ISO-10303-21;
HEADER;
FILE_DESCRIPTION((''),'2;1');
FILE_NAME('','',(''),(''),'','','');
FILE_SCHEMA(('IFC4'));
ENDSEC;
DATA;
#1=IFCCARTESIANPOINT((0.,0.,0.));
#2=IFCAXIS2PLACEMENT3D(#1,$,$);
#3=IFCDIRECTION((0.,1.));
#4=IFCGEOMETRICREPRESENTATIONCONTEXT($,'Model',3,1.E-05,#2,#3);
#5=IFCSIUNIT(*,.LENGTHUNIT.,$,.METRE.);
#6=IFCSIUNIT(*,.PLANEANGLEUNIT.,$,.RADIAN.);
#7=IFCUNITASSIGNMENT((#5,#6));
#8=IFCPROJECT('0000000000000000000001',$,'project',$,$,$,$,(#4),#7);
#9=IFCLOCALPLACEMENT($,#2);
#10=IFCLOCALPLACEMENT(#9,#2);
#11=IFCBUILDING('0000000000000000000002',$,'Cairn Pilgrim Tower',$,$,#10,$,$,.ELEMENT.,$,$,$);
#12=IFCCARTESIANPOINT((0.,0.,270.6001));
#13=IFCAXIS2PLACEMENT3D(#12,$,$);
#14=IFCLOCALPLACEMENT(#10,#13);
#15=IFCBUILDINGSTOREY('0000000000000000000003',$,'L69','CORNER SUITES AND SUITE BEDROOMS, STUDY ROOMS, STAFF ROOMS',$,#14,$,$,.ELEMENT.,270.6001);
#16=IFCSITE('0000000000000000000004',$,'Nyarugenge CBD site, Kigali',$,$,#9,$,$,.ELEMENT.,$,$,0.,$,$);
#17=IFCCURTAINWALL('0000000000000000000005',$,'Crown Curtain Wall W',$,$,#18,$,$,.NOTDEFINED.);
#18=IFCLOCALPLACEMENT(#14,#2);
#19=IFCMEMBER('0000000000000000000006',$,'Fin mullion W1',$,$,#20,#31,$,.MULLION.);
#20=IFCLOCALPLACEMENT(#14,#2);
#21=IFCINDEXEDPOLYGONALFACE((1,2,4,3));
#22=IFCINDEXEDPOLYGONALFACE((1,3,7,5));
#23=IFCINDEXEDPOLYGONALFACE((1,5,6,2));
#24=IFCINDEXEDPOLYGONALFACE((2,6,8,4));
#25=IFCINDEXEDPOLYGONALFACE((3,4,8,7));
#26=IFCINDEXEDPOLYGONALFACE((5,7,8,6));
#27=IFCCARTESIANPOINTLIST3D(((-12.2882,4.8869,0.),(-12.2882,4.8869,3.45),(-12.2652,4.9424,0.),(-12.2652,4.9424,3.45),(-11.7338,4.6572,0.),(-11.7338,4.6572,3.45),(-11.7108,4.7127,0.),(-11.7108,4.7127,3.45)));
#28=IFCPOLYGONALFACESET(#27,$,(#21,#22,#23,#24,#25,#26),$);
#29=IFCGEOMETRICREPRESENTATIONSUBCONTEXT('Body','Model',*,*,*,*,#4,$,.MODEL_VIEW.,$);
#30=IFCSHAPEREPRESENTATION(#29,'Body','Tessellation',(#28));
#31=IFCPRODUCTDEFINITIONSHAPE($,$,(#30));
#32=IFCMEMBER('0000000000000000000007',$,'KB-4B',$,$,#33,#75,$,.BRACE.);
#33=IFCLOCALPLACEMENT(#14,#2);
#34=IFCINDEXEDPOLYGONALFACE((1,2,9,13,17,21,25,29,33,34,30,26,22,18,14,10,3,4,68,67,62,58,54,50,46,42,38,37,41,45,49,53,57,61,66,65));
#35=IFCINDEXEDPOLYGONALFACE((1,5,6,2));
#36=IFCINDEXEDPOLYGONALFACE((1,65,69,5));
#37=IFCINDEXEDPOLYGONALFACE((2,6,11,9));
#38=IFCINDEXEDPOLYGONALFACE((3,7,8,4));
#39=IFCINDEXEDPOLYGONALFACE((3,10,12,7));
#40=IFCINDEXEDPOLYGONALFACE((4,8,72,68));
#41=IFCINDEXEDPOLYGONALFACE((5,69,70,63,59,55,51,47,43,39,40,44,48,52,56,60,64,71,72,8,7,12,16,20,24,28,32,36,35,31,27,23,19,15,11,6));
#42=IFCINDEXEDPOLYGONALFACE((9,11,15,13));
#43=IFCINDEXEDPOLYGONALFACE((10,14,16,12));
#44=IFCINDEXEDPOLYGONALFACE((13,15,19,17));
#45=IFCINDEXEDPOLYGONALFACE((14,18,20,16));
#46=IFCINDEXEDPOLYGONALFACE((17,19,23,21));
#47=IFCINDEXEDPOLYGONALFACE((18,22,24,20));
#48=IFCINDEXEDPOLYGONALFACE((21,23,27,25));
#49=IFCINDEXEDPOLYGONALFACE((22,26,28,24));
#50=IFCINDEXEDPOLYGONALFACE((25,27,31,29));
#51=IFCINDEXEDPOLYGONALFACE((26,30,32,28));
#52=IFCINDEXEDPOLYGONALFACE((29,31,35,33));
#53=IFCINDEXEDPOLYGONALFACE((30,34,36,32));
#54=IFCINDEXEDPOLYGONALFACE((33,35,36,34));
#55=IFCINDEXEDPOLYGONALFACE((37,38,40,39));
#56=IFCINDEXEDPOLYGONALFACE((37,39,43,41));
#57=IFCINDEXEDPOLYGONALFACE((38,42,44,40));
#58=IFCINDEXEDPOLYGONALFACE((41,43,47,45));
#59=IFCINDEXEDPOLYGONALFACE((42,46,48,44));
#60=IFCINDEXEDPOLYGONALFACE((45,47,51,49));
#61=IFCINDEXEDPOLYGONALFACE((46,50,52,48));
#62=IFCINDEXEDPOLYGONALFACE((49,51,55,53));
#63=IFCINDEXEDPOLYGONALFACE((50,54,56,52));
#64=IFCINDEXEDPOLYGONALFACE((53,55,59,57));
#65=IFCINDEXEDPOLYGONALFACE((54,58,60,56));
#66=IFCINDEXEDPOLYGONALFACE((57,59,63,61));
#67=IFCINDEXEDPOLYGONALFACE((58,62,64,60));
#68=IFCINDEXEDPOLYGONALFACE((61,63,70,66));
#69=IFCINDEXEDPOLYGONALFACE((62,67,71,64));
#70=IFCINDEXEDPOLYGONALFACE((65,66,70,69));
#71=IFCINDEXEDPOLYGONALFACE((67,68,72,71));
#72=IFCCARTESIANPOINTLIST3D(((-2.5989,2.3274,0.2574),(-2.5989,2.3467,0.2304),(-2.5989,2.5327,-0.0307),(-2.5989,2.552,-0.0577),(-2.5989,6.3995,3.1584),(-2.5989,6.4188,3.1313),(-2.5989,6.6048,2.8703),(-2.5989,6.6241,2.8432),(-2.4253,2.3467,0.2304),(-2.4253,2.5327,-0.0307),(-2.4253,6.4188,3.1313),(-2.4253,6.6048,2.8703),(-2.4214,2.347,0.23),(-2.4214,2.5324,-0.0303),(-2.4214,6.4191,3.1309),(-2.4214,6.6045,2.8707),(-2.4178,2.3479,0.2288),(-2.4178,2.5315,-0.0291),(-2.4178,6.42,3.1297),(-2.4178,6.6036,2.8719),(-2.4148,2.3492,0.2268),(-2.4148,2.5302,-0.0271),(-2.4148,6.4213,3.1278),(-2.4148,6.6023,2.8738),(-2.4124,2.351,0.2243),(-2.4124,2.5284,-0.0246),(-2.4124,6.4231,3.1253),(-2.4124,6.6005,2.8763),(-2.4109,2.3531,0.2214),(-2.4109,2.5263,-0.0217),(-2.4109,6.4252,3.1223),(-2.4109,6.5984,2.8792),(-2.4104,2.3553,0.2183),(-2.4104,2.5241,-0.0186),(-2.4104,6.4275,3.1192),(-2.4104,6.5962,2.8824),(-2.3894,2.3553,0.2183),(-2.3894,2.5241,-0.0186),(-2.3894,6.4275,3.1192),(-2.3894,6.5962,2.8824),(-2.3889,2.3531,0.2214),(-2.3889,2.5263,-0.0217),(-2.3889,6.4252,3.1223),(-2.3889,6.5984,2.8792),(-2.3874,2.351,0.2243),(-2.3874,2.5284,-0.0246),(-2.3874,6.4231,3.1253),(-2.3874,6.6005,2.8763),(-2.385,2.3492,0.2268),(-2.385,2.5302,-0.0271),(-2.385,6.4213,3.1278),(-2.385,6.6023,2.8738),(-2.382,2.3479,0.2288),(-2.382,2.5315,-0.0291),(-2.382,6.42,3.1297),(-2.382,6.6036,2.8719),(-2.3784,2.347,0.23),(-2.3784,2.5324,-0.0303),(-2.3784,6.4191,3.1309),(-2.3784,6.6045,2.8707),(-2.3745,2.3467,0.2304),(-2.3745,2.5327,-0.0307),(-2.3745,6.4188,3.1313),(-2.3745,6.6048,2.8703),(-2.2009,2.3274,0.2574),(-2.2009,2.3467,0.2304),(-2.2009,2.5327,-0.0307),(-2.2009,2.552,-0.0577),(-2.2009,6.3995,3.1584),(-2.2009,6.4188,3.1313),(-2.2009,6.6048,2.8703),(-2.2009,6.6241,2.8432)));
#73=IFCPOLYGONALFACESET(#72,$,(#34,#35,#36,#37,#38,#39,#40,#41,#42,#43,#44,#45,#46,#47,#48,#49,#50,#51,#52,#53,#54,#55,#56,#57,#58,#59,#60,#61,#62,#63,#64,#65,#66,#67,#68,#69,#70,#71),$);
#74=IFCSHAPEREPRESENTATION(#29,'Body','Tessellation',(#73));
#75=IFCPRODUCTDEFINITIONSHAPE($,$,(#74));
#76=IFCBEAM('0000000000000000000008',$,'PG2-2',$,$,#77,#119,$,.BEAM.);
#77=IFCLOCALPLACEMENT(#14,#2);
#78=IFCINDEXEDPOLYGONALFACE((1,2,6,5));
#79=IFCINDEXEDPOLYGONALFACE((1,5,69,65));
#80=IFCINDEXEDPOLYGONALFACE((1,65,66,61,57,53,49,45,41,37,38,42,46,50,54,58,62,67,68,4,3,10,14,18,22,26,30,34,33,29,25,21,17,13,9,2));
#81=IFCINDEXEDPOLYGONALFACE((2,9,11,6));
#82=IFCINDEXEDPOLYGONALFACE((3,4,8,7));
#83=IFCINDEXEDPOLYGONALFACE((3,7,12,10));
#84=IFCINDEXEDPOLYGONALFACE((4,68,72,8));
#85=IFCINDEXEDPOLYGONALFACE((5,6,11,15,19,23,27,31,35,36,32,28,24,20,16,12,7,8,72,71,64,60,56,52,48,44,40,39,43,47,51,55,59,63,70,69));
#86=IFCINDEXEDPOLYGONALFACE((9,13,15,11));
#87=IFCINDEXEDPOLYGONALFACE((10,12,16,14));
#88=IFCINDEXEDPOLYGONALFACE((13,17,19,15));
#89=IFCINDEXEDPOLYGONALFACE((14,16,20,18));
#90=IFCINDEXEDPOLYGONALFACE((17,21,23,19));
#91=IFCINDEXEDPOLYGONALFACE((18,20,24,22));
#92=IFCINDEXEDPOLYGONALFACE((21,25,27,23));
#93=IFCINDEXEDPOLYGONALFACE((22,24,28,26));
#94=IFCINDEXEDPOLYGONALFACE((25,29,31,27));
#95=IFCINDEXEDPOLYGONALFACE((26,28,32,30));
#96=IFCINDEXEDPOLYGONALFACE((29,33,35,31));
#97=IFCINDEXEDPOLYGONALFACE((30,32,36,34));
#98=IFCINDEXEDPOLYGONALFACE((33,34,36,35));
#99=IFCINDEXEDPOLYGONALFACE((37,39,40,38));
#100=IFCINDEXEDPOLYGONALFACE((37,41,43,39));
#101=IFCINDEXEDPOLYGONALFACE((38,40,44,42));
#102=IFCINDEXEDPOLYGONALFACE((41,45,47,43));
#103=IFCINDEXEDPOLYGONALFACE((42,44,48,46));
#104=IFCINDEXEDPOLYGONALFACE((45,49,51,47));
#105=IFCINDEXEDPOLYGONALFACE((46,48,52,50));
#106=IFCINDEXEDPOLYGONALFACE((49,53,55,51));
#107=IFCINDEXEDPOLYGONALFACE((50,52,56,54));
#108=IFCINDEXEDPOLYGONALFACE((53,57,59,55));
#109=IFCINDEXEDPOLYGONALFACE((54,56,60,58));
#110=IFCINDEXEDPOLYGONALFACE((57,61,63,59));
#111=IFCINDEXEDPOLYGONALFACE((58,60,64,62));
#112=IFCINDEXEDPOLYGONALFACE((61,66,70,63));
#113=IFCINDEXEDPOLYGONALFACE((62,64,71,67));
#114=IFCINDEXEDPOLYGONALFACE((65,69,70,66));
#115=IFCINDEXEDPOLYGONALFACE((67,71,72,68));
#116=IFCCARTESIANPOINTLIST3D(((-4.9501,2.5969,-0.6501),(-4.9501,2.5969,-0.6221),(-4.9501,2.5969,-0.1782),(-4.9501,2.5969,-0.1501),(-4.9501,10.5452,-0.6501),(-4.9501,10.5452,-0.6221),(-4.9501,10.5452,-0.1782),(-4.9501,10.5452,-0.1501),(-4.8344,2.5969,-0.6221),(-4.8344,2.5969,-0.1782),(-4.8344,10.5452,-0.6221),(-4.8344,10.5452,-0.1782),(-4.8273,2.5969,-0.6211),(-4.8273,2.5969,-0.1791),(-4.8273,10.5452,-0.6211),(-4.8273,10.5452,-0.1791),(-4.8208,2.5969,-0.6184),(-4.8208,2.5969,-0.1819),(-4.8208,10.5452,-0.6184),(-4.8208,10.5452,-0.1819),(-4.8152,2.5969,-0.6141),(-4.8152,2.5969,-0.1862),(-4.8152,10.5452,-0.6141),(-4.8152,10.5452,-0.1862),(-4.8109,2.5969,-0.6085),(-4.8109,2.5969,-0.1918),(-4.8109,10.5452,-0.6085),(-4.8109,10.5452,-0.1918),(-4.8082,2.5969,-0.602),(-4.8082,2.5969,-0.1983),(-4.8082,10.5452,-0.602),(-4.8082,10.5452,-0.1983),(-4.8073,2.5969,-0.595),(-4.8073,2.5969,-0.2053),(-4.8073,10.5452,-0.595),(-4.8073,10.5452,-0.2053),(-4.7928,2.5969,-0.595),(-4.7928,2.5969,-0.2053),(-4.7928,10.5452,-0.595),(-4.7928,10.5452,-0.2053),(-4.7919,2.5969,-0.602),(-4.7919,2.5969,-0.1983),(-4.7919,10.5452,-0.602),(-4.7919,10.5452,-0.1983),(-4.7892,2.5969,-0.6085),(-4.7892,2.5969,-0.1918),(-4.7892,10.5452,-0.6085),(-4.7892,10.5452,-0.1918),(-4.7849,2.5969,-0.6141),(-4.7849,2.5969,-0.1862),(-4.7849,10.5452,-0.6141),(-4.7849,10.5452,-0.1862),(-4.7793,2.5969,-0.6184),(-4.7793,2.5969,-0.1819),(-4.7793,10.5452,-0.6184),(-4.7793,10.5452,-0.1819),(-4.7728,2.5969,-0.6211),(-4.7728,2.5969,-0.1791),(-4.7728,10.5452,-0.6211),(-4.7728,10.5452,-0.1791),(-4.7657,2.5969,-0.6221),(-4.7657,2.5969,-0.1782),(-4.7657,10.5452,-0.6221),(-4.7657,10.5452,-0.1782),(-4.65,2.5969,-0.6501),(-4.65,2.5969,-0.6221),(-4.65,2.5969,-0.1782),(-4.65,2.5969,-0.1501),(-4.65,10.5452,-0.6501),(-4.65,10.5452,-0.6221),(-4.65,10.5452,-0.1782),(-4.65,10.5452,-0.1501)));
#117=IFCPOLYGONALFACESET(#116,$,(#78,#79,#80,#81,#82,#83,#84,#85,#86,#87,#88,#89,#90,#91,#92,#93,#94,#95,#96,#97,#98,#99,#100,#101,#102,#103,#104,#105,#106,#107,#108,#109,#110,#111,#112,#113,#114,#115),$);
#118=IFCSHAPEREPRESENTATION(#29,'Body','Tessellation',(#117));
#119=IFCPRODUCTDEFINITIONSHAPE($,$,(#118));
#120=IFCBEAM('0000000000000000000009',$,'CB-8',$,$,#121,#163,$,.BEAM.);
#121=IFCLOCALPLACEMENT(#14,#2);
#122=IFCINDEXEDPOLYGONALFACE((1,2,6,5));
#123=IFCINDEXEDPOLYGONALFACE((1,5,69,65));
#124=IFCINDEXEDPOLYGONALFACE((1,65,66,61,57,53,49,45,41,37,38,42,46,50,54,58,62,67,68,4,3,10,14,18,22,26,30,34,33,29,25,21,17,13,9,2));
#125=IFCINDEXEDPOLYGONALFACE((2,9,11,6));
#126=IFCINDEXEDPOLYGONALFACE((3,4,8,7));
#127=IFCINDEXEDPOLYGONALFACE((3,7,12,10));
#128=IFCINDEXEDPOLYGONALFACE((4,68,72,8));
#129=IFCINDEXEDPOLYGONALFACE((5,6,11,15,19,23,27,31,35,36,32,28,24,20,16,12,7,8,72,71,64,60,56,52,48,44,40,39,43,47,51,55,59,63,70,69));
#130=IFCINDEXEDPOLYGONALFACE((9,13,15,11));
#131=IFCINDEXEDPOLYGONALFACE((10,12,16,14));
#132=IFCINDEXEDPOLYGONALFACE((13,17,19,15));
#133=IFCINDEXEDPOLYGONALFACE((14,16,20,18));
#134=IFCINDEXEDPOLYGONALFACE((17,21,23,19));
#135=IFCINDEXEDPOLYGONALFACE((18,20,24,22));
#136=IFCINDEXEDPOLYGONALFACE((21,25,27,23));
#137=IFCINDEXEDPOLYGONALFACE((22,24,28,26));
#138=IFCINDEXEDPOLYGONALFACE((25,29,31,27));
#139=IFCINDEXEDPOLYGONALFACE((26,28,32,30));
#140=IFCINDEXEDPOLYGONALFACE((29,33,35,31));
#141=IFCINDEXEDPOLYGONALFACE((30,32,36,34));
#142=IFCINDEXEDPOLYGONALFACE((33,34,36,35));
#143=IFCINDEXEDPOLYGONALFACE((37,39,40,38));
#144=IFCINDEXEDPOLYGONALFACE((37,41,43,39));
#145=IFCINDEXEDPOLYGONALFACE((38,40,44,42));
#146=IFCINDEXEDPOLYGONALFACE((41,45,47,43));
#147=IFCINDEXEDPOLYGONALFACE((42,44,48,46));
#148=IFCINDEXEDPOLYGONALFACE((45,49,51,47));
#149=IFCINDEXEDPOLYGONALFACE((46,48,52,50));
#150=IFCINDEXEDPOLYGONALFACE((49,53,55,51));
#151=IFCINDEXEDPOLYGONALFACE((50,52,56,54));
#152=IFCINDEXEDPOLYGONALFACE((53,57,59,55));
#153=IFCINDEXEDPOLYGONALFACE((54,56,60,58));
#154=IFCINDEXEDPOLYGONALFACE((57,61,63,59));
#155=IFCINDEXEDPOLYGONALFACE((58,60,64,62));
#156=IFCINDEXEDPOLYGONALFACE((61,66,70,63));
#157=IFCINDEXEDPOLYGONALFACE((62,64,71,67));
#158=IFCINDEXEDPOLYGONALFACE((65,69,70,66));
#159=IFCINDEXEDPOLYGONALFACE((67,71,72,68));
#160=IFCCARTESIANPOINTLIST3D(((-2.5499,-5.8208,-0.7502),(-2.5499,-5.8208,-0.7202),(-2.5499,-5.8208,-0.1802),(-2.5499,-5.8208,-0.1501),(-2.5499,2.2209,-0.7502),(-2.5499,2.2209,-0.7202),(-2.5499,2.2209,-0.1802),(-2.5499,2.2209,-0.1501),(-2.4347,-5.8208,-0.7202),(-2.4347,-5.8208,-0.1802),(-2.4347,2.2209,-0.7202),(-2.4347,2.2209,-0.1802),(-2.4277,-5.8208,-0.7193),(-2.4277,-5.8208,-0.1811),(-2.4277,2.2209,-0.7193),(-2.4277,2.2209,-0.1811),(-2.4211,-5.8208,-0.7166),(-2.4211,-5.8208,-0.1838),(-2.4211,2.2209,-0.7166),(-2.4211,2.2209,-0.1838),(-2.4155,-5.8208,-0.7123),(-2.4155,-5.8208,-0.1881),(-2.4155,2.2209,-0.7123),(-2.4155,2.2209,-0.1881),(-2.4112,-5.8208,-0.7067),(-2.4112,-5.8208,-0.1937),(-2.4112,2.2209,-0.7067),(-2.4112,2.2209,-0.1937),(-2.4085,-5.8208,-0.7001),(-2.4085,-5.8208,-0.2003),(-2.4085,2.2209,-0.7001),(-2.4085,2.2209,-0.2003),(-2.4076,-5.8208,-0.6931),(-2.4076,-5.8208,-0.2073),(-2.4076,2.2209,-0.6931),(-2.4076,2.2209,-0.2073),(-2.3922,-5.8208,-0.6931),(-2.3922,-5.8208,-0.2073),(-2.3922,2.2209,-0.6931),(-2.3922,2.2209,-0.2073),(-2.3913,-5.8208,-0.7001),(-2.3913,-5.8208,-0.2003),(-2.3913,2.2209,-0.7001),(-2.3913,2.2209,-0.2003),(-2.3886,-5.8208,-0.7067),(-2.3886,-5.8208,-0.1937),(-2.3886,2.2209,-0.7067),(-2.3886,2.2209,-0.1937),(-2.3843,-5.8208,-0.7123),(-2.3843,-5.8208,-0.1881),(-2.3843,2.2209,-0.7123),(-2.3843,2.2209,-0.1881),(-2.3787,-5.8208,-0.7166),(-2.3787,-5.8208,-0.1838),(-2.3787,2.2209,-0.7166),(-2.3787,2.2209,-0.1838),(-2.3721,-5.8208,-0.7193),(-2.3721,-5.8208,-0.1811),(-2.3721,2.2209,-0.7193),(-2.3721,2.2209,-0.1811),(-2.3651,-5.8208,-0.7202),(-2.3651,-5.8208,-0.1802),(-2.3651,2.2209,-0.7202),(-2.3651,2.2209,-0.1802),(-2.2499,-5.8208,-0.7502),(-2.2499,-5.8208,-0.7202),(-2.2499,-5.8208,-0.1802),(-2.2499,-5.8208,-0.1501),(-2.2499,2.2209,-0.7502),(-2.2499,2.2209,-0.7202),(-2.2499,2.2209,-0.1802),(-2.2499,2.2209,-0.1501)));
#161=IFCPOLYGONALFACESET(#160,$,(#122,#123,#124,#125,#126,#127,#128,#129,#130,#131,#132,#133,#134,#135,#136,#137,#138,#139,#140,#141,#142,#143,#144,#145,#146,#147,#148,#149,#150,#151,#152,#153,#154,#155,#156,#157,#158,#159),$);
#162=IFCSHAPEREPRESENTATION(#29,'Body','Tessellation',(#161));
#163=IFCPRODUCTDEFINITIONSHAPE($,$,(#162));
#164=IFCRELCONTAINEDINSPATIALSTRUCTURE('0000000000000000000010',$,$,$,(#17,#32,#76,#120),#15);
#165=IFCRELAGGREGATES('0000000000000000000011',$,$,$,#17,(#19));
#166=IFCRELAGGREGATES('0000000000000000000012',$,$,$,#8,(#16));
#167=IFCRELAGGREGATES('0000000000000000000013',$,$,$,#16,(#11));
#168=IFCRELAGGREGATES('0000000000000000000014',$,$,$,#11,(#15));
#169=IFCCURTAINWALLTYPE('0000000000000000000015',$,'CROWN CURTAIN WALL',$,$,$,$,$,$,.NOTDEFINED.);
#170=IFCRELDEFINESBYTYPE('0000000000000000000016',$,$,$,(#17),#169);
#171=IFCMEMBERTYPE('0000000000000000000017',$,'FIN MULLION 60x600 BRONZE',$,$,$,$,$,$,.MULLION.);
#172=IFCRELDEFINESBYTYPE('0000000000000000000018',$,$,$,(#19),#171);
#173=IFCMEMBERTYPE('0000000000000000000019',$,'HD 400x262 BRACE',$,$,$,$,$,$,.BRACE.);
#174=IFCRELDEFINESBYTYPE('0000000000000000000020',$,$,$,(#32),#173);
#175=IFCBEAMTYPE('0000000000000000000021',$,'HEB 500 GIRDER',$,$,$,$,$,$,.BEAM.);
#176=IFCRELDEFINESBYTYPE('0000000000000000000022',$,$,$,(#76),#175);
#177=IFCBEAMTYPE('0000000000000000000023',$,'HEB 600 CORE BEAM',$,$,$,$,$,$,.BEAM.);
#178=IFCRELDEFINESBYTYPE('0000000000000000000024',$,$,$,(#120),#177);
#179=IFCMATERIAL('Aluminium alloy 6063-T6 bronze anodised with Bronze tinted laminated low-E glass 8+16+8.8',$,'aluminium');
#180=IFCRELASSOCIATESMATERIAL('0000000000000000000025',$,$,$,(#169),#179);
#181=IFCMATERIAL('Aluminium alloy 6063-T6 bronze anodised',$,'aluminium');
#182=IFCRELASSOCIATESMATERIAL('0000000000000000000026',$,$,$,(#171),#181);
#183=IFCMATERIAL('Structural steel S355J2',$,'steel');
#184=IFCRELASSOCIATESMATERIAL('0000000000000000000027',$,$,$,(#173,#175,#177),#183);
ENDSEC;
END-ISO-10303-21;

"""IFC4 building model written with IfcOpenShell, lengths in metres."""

from ifc_helpers import new_model, si_unit, direction, frame, origin, origin_2d, place, context, subcontext, project, spatial, rectangle, i_section, extrude, material, material_profile, profile_set, type_object, element, aggregate, save


model = new_model("IFC4")

# Units and contexts
model_context = context("Model", 3, precision=1e-05, world=origin(), true_north=direction((0.0, 1.0)))
body_context = subcontext(model_context, "Body", "Model", "MODEL_VIEW")
ifc_project = project(units=[si_unit("LENGTHUNIT", "METRE"), si_unit("PLANEANGLEUNIT", "RADIAN")], contexts=[model_context])

# Site, building, storey
site_placement = place(None, origin())
site = spatial("IfcSite", under=ifc_project, at=site_placement, Name="Nyarugenge CBD site, Kigali", CompositionType="ELEMENT", RefElevation=0.0)
building_placement = place(site_placement, origin())
building = spatial("IfcBuilding", under=site, at=building_placement, Name="Cairn Pilgrim Tower", CompositionType="ELEMENT")
storey_placement = place(building_placement, frame((0.0, 0.0, 270.6001)))
storey = spatial("IfcBuildingStorey", under=building, at=storey_placement, Name="L69", Description="CORNER SUITES AND SUITE BEDROOMS, STUDY ROOMS, STAFF ROOMS", CompositionType="ELEMENT", Elevation=270.6001)

# Shared definitions
ifc_material_1 = material(Name="Structural steel S355J2", Category="steel")

# Curtain wall, member
ifc_material_2 = material(Name="Aluminium alloy 6063-T6 bronze anodised with Bronze tinted laminated low-E glass 8+16+8.8", Category="aluminium")
curtain_wall_type = type_object("IfcCurtainWallType", Name="CROWN CURTAIN WALL", PredefinedType="NOTDEFINED", material=ifc_material_2)
ifc_material_3 = material(Name="Aluminium alloy 6063-T6 bronze anodised", Category="aluminium")
ifc_material_profile_1 = material_profile(ifc_material_3, rectangle(XDim=0.6001, YDim=0.0601, at=origin_2d()), Name="FIN MULLION 60x600 BRONZE")
ifc_profile_set_1 = profile_set([ifc_material_profile_1], Name="Aluminium alloy 6063-T6 bronze anodised")
member_type_1 = type_object("IfcMemberType", Name="FIN MULLION 60x600 BRONZE", PredefinedType="MULLION", material=ifc_profile_set_1)
curtain_wall_1_placement = place(storey_placement, origin())
curtain_wall_1 = element("IfcCurtainWall", 1, at=curtain_wall_1_placement, inside=storey, type_object=curtain_wall_type, Name="Crown Curtain Wall W", PredefinedType="NOTDEFINED")
member_1_placement = place(storey_placement, frame((-11.9995, 4.7998, 0.0), z_axis=(0.0, 0.0, 1.0), x_axis=(-0.92388, 0.382683, 0.0)))
member_1 = element("IfcMember", 2, at=member_1_placement, type_object=member_type_1, Name="Fin mullion W1", PredefinedType="MULLION", context=body_context, shape_type="SweptSolid", body=[
    extrude(rectangle(XDim=0.6001, YDim=0.0601, at=origin_2d()), origin(), (0.0, 0.0, 1.0), 3.45),
])

# Member
ifc_material_profile_2 = material_profile(ifc_material_1, i_section(OverallWidth=0.3979, OverallDepth=0.387, WebThickness=0.021, FlangeThickness=0.0332, FilletRadius=0.0149, at=origin_2d()), Name="HD 400x262")
ifc_profile_set_2 = profile_set([ifc_material_profile_2], Name="Structural steel S355J2")
member_type_2 = type_object("IfcMemberType", Name="HD 400x262 BRACE", PredefinedType="BRACE", material=ifc_profile_set_2)
member_2_placement = place(storey_placement, frame((-2.3999, 2.4397, 0.0999), z_axis=(0.0, 0.814462, 0.580217), x_axis=(-1.0, 0.0, 0.0)))
element("IfcMember", 3, at=member_2_placement, inside=storey, type_object=member_type_2, Name="KB-4B", PredefinedType="BRACE", context=body_context, shape_type="SweptSolid", body=[
    extrude(i_section(OverallWidth=0.3979, OverallDepth=0.387, WebThickness=0.021, FlangeThickness=0.0332, FilletRadius=0.0149, at=origin_2d()), origin(), (0.0, 0.0, 1.0), 4.9998),
])

# Beams
ifc_material_profile_3 = material_profile(ifc_material_1, i_section(OverallWidth=0.3, OverallDepth=0.5, WebThickness=0.0144, FlangeThickness=0.0281, FilletRadius=0.0271, at=origin_2d()), Name="HEB 500")
ifc_profile_set_3 = profile_set([ifc_material_profile_3], Name="Structural steel S355J2")
beam_type_1 = type_object("IfcBeamType", Name="HEB 500 GIRDER", PredefinedType="BEAM", material=ifc_profile_set_3)
beam_1_placement = place(storey_placement, frame((-4.8, 2.5969, -0.4001), z_axis=(0.0, 1.0, 0.0), x_axis=(-1.0, 0.0, 0.0)))
element("IfcBeam", 4, at=beam_1_placement, inside=storey, type_object=beam_type_1, Name="PG2-2", PredefinedType="BEAM", context=body_context, shape_type="SweptSolid", body=[
    extrude(i_section(OverallWidth=0.3, OverallDepth=0.5, WebThickness=0.0144, FlangeThickness=0.0281, FilletRadius=0.0271, at=origin_2d()), origin(), (0.0, 0.0, 1.0), 7.9482),
])
ifc_material_profile_4 = material_profile(ifc_material_1, i_section(OverallWidth=0.3, OverallDepth=0.6001, WebThickness=0.0154, FlangeThickness=0.03, FilletRadius=0.0271, at=origin_2d()), Name="HEB 600")
ifc_profile_set_4 = profile_set([ifc_material_profile_4], Name="Structural steel S355J2")
beam_type_2 = type_object("IfcBeamType", Name="HEB 600 CORE BEAM", PredefinedType="BEAM", material=ifc_profile_set_4)
beam_2_placement = place(storey_placement, frame((-2.3999, 2.2209, -0.4502), z_axis=(0.0, -1.0, 0.0), x_axis=(1.0, 0.0, 0.0)))
element("IfcBeam", 5, at=beam_2_placement, inside=storey, type_object=beam_type_2, Name="CB-8", PredefinedType="BEAM", context=body_context, shape_type="SweptSolid", body=[
    extrude(i_section(OverallWidth=0.3, OverallDepth=0.6001, WebThickness=0.0154, FlangeThickness=0.03, FilletRadius=0.0271, at=origin_2d()), origin(), (0.0, 0.0, 1.0), 8.0417),
])

aggregate(curtain_wall_1, [member_1])

save(model, "model.ifc")
